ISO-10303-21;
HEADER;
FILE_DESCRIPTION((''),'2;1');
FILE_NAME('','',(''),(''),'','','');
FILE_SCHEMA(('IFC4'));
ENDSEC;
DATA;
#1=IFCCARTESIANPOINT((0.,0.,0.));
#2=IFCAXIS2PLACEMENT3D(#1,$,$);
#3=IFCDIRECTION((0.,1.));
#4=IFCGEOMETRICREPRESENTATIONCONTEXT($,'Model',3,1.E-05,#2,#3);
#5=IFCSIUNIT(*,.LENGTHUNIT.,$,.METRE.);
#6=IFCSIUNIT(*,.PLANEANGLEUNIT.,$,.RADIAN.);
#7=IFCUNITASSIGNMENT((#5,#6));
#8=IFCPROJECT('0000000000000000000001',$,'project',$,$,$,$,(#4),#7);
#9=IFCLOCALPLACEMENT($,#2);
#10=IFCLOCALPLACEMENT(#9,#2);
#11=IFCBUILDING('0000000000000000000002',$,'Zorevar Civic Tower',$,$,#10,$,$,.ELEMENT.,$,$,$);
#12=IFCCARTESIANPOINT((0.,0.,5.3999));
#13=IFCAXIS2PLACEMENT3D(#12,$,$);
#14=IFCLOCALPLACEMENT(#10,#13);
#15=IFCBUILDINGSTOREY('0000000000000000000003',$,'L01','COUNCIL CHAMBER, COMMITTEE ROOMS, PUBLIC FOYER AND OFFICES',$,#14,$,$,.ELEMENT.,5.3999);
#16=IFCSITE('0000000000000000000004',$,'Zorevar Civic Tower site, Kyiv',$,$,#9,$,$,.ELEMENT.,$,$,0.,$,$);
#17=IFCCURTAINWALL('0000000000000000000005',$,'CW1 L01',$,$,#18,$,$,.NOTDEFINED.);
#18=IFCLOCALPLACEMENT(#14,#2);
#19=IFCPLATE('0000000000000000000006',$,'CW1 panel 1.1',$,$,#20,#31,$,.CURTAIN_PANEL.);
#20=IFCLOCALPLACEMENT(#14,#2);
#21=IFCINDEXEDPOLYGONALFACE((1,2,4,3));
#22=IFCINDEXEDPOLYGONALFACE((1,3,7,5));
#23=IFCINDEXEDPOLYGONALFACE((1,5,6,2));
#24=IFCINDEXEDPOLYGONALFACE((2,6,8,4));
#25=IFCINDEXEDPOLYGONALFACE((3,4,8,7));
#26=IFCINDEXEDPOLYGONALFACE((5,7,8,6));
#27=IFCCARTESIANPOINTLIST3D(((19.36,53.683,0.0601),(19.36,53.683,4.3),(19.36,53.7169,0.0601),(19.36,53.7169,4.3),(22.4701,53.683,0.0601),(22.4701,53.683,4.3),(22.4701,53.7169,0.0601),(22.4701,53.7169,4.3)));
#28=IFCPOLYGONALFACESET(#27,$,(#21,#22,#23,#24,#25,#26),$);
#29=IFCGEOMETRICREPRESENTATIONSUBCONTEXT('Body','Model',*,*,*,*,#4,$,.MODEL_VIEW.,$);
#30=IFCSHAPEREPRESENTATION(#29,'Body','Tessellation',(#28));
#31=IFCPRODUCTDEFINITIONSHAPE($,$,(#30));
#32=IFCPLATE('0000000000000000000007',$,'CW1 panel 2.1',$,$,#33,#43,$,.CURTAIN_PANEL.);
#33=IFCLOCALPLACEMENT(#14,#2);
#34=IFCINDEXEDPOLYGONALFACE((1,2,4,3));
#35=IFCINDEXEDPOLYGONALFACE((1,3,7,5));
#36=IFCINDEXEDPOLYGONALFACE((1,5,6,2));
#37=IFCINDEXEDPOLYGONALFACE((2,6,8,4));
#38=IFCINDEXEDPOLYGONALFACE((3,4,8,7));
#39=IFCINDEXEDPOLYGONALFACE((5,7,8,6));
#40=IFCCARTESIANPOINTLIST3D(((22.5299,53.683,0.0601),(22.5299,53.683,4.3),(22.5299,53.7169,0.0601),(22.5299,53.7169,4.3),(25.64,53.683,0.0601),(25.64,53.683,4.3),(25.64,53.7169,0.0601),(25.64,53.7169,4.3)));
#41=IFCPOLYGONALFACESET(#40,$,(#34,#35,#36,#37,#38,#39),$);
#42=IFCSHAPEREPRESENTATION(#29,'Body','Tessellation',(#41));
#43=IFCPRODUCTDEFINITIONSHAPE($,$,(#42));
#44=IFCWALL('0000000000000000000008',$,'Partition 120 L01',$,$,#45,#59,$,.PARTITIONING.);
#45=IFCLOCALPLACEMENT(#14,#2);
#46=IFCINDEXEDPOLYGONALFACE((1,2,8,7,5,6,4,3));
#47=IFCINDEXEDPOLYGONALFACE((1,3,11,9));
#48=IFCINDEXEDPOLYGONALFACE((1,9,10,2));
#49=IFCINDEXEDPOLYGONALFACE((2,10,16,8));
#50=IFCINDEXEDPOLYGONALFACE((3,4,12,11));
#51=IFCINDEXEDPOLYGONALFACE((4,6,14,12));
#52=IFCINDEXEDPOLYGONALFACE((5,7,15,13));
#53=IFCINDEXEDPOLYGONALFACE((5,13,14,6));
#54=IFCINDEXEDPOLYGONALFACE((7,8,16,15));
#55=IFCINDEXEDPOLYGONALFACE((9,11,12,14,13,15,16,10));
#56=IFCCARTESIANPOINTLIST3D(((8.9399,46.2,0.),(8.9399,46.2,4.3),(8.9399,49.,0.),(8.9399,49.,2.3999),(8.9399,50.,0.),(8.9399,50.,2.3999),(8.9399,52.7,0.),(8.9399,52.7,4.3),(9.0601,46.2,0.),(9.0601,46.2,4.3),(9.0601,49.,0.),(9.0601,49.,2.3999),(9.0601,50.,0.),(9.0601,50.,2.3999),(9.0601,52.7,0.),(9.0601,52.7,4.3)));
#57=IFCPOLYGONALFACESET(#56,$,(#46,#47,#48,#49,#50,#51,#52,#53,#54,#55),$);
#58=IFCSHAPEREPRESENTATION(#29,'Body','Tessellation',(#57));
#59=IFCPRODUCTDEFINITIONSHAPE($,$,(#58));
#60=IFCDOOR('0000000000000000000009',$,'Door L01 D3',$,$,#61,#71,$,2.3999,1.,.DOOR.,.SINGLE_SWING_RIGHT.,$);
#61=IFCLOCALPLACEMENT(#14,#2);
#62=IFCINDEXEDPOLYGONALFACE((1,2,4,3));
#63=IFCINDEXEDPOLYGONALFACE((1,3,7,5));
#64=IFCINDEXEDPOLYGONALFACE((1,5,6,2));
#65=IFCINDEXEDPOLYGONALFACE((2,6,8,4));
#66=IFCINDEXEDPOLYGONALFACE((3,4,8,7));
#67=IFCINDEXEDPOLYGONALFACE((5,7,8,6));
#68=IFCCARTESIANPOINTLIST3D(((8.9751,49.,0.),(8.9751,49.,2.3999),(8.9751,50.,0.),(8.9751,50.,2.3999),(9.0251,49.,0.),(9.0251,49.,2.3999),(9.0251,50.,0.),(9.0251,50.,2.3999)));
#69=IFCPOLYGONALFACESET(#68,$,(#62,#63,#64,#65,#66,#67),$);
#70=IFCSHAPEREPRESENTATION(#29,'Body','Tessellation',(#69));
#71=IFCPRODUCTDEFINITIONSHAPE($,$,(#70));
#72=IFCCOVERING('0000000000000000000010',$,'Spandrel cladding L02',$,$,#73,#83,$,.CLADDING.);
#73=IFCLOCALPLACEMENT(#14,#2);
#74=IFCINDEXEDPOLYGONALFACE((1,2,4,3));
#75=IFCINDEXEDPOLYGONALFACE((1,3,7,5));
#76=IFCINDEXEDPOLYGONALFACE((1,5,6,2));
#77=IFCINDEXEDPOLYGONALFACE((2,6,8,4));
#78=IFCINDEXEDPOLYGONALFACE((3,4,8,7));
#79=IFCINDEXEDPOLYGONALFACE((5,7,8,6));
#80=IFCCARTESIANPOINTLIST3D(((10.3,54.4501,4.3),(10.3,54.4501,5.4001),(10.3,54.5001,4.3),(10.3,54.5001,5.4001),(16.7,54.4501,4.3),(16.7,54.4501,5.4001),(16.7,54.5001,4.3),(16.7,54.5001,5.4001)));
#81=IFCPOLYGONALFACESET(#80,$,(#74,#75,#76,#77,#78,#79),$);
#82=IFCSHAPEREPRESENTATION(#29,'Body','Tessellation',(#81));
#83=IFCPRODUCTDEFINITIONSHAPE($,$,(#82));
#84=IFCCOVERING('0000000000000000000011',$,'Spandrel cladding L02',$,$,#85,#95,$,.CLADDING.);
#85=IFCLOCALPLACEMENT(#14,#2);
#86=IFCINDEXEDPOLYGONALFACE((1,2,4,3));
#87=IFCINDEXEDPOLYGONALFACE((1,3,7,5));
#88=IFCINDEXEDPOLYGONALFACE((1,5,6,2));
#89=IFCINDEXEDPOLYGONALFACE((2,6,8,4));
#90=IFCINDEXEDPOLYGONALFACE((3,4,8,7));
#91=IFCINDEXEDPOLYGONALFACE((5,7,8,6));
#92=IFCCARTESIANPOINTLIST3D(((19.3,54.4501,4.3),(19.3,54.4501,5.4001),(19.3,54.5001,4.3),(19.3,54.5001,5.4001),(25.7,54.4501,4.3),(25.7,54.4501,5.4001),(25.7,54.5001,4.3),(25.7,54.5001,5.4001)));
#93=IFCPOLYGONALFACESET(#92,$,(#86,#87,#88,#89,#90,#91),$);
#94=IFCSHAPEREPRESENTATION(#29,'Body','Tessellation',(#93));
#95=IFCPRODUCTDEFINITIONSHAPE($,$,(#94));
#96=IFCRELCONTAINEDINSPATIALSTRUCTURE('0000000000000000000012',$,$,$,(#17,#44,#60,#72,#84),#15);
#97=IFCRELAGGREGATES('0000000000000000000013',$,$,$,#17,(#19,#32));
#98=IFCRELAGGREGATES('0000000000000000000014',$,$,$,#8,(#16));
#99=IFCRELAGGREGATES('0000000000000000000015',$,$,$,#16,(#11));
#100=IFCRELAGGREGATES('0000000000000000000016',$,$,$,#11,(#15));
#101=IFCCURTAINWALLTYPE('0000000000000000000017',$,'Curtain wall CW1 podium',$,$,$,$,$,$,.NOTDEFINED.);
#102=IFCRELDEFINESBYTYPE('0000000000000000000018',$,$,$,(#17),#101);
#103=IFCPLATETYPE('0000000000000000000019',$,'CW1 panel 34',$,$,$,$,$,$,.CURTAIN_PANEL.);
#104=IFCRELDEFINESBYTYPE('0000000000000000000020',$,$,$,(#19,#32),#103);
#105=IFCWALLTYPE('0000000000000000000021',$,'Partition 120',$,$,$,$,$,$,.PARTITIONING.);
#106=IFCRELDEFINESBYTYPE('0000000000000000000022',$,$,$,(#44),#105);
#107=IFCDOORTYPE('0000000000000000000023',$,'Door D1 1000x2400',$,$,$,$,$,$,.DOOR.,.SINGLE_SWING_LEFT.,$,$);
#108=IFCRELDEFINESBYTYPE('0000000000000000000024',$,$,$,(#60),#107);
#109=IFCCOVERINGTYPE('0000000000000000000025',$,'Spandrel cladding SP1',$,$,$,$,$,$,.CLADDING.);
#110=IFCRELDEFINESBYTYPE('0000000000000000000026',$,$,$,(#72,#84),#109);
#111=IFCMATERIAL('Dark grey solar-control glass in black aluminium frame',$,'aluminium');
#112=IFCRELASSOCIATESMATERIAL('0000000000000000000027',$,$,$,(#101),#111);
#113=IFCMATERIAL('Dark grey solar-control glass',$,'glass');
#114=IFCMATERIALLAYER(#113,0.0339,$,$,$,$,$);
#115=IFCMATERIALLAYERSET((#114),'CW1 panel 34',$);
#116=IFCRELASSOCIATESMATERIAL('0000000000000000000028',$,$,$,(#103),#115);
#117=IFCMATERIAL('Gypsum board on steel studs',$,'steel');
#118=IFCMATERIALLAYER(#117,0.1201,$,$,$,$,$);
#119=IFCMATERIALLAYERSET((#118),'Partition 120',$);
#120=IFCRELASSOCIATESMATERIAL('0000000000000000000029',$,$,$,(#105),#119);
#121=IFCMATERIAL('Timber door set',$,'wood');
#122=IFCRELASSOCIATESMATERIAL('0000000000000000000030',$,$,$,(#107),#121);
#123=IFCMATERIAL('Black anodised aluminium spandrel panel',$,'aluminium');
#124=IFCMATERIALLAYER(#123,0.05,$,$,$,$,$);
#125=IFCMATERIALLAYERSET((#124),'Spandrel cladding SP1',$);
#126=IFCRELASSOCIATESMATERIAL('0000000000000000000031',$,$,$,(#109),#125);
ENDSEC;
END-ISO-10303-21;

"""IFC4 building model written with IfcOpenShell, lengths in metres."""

from ifc_helpers import new_model, si_unit, direction, frame, frame_2d, origin, origin_2d, place, context, subcontext, project, spatial, rectangle, extrude, material, layer, layer_set, type_object, element, fill, aggregate, save


model = new_model("IFC4")

# Units and contexts
model_context = context("Model", 3, precision=1e-05, world=origin(), true_north=direction((0.0, 1.0)))
body_context = subcontext(model_context, "Body", "Model", "MODEL_VIEW")
ifc_project = project(units=[si_unit("LENGTHUNIT", "METRE"), si_unit("PLANEANGLEUNIT", "RADIAN")], contexts=[model_context])

# Site, building, storey
site_placement = place(None, origin())
site = spatial("IfcSite", under=ifc_project, at=site_placement, Name="Zorevar Civic Tower site, Kyiv", CompositionType="ELEMENT", RefElevation=0.0)
building_placement = place(site_placement, origin())
building = spatial("IfcBuilding", under=site, at=building_placement, Name="Zorevar Civic Tower", CompositionType="ELEMENT")
storey_placement = place(building_placement, frame((0.0, 0.0, 5.3999)))
storey = spatial("IfcBuildingStorey", under=building, at=storey_placement, Name="L01", Description="COUNCIL CHAMBER, COMMITTEE ROOMS, PUBLIC FOYER AND OFFICES", CompositionType="ELEMENT", Elevation=5.3999)

# Curtain wall
ifc_material_1 = material(Name="Dark grey solar-control glass in black aluminium frame", Category="aluminium")
curtain_wall_type = type_object("IfcCurtainWallType", Name="Curtain wall CW1 podium", PredefinedType="NOTDEFINED", material=ifc_material_1)
curtain_wall_1_placement = place(storey_placement, origin())
curtain_wall_1 = element("IfcCurtainWall", 1, at=curtain_wall_1_placement, inside=storey, type_object=curtain_wall_type, Name="CW1 L01", PredefinedType="NOTDEFINED")

# Plates
ifc_material_2 = material(Name="Dark grey solar-control glass", Category="glass")
ifc_layer_1 = layer(ifc_material_2, 0.0339)
ifc_layer_set_1 = layer_set([ifc_layer_1], Name="CW1 panel 34")
plate_type = type_object("IfcPlateType", Name="CW1 panel 34", PredefinedType="CURTAIN_PANEL", material=ifc_layer_set_1)
plate_1_placement = place(storey_placement, frame((20.915, 53.7, 0.0601), z_axis=(0.0, 0.0, 1.0), x_axis=(1.0, 0.0, 0.0)))
plate_1 = element("IfcPlate", 2, at=plate_1_placement, type_object=plate_type, Name="CW1 panel 1.1", PredefinedType="CURTAIN_PANEL", context=body_context, shape_type="SweptSolid", body=[
    extrude(rectangle(XDim=3.1101, YDim=0.0339, at=origin_2d()), origin(), (0.0, 0.0, 1.0), 4.24),
])
plate_2_placement = place(storey_placement, frame((24.085, 53.7, 0.0601), z_axis=(0.0, 0.0, 1.0), x_axis=(1.0, 0.0, 0.0)))
plate_2 = element("IfcPlate", 3, at=plate_2_placement, type_object=plate_type, Name="CW1 panel 2.1", PredefinedType="CURTAIN_PANEL", context=body_context, shape_type="SweptSolid", body=[
    extrude(rectangle(XDim=3.1101, YDim=0.0339, at=origin_2d()), origin(), (0.0, 0.0, 1.0), 4.24),
])
aggregate(curtain_wall_1, [plate_1, plate_2])

# Wall, opening, door
ifc_material_3 = material(Name="Gypsum board on steel studs", Category="steel")
ifc_layer_2 = layer(ifc_material_3, 0.1201)
ifc_layer_set_2 = layer_set([ifc_layer_2], Name="Partition 120")
wall_type = type_object("IfcWallType", Name="Partition 120", PredefinedType="PARTITIONING", material=ifc_layer_set_2)
wall_placement = place(storey_placement, frame((9.0, 46.2, 0.0), z_axis=(0.0, 0.0, 1.0), x_axis=(0.0, 1.0, 0.0)))
wall = element("IfcWall", 4, at=wall_placement, inside=storey, type_object=wall_type, Name="Partition 120 L01", PredefinedType="PARTITIONING", context=body_context, shape_type="SweptSolid", body=[
    extrude(rectangle(XDim=6.5, YDim=0.1201, at=frame_2d((3.25, 0.0))), origin(), (0.0, 0.0, 1.0), 4.3),
])
opening_placement = place(wall_placement, frame((2.8, 0.0, 0.0)))
opening = element("IfcOpeningElement", 5, at=opening_placement, cuts=wall, PredefinedType="OPENING", context=body_context, shape_type="SweptSolid", body=[
    extrude(rectangle(XDim=1.0, YDim=2.3999, at=frame_2d((0.5, 1.2))), frame((0.0, 0.0701, 0.0), z_axis=(0.0, -1.0, 0.0), x_axis=(1.0, 0.0, 0.0)), (0.0, 0.0, 1.0), 0.1401),
])
ifc_material_4 = material(Name="Timber door set", Category="wood")
door_type = type_object("IfcDoorType", Name="Door D1 1000x2400", OperationType="SINGLE_SWING_LEFT", PredefinedType="DOOR", material=ifc_material_4)
door_placement = place(opening_placement, origin())
door = element("IfcDoor", 6, at=door_placement, inside=storey, type_object=door_type, Name="Door L01 D3", OperationType="SINGLE_SWING_RIGHT", OverallHeight=2.3999, OverallWidth=1.0, PredefinedType="DOOR", context=body_context, shape_type="SweptSolid", body=[
    extrude(rectangle(XDim=1.0, YDim=2.3999, at=frame_2d((0.5, 1.2))), frame((0.0, 0.0249, 0.0), z_axis=(0.0, -1.0, 0.0), x_axis=(1.0, 0.0, 0.0)), (0.0, 0.0, 1.0), 0.05),
])
fill(opening, door)

# Coverings
ifc_material_5 = material(Name="Black anodised aluminium spandrel panel", Category="aluminium")
ifc_layer_3 = layer(ifc_material_5, 0.05)
ifc_layer_set_3 = layer_set([ifc_layer_3], Name="Spandrel cladding SP1")
covering_type = type_object("IfcCoveringType", Name="Spandrel cladding SP1", PredefinedType="CLADDING", material=ifc_layer_set_3)
for number, where, z_axis, x_axis, name in (
    (7, (10.3, 54.4751, 4.3), (0.0, 0.0, 1.0), (1.0, 0.0, 0.0), "Spandrel cladding L02"),
    (8, (19.3, 54.4751, 4.3), (0.0, 0.0, 1.0), (1.0, 0.0, 0.0), "Spandrel cladding L02"),
):
    element("IfcCovering", number, at=place(storey_placement, frame(where, z_axis=z_axis, x_axis=x_axis)), inside=storey, type_object=covering_type, Name=name, PredefinedType="CLADDING", context=body_context, shape_type="SweptSolid", body=[
        extrude(rectangle(XDim=6.3999, YDim=0.05, at=frame_2d((3.2, 0.0))), origin(), (0.0, 0.0, 1.0), 1.1001),
    ])

save(model, "model.ifc")
